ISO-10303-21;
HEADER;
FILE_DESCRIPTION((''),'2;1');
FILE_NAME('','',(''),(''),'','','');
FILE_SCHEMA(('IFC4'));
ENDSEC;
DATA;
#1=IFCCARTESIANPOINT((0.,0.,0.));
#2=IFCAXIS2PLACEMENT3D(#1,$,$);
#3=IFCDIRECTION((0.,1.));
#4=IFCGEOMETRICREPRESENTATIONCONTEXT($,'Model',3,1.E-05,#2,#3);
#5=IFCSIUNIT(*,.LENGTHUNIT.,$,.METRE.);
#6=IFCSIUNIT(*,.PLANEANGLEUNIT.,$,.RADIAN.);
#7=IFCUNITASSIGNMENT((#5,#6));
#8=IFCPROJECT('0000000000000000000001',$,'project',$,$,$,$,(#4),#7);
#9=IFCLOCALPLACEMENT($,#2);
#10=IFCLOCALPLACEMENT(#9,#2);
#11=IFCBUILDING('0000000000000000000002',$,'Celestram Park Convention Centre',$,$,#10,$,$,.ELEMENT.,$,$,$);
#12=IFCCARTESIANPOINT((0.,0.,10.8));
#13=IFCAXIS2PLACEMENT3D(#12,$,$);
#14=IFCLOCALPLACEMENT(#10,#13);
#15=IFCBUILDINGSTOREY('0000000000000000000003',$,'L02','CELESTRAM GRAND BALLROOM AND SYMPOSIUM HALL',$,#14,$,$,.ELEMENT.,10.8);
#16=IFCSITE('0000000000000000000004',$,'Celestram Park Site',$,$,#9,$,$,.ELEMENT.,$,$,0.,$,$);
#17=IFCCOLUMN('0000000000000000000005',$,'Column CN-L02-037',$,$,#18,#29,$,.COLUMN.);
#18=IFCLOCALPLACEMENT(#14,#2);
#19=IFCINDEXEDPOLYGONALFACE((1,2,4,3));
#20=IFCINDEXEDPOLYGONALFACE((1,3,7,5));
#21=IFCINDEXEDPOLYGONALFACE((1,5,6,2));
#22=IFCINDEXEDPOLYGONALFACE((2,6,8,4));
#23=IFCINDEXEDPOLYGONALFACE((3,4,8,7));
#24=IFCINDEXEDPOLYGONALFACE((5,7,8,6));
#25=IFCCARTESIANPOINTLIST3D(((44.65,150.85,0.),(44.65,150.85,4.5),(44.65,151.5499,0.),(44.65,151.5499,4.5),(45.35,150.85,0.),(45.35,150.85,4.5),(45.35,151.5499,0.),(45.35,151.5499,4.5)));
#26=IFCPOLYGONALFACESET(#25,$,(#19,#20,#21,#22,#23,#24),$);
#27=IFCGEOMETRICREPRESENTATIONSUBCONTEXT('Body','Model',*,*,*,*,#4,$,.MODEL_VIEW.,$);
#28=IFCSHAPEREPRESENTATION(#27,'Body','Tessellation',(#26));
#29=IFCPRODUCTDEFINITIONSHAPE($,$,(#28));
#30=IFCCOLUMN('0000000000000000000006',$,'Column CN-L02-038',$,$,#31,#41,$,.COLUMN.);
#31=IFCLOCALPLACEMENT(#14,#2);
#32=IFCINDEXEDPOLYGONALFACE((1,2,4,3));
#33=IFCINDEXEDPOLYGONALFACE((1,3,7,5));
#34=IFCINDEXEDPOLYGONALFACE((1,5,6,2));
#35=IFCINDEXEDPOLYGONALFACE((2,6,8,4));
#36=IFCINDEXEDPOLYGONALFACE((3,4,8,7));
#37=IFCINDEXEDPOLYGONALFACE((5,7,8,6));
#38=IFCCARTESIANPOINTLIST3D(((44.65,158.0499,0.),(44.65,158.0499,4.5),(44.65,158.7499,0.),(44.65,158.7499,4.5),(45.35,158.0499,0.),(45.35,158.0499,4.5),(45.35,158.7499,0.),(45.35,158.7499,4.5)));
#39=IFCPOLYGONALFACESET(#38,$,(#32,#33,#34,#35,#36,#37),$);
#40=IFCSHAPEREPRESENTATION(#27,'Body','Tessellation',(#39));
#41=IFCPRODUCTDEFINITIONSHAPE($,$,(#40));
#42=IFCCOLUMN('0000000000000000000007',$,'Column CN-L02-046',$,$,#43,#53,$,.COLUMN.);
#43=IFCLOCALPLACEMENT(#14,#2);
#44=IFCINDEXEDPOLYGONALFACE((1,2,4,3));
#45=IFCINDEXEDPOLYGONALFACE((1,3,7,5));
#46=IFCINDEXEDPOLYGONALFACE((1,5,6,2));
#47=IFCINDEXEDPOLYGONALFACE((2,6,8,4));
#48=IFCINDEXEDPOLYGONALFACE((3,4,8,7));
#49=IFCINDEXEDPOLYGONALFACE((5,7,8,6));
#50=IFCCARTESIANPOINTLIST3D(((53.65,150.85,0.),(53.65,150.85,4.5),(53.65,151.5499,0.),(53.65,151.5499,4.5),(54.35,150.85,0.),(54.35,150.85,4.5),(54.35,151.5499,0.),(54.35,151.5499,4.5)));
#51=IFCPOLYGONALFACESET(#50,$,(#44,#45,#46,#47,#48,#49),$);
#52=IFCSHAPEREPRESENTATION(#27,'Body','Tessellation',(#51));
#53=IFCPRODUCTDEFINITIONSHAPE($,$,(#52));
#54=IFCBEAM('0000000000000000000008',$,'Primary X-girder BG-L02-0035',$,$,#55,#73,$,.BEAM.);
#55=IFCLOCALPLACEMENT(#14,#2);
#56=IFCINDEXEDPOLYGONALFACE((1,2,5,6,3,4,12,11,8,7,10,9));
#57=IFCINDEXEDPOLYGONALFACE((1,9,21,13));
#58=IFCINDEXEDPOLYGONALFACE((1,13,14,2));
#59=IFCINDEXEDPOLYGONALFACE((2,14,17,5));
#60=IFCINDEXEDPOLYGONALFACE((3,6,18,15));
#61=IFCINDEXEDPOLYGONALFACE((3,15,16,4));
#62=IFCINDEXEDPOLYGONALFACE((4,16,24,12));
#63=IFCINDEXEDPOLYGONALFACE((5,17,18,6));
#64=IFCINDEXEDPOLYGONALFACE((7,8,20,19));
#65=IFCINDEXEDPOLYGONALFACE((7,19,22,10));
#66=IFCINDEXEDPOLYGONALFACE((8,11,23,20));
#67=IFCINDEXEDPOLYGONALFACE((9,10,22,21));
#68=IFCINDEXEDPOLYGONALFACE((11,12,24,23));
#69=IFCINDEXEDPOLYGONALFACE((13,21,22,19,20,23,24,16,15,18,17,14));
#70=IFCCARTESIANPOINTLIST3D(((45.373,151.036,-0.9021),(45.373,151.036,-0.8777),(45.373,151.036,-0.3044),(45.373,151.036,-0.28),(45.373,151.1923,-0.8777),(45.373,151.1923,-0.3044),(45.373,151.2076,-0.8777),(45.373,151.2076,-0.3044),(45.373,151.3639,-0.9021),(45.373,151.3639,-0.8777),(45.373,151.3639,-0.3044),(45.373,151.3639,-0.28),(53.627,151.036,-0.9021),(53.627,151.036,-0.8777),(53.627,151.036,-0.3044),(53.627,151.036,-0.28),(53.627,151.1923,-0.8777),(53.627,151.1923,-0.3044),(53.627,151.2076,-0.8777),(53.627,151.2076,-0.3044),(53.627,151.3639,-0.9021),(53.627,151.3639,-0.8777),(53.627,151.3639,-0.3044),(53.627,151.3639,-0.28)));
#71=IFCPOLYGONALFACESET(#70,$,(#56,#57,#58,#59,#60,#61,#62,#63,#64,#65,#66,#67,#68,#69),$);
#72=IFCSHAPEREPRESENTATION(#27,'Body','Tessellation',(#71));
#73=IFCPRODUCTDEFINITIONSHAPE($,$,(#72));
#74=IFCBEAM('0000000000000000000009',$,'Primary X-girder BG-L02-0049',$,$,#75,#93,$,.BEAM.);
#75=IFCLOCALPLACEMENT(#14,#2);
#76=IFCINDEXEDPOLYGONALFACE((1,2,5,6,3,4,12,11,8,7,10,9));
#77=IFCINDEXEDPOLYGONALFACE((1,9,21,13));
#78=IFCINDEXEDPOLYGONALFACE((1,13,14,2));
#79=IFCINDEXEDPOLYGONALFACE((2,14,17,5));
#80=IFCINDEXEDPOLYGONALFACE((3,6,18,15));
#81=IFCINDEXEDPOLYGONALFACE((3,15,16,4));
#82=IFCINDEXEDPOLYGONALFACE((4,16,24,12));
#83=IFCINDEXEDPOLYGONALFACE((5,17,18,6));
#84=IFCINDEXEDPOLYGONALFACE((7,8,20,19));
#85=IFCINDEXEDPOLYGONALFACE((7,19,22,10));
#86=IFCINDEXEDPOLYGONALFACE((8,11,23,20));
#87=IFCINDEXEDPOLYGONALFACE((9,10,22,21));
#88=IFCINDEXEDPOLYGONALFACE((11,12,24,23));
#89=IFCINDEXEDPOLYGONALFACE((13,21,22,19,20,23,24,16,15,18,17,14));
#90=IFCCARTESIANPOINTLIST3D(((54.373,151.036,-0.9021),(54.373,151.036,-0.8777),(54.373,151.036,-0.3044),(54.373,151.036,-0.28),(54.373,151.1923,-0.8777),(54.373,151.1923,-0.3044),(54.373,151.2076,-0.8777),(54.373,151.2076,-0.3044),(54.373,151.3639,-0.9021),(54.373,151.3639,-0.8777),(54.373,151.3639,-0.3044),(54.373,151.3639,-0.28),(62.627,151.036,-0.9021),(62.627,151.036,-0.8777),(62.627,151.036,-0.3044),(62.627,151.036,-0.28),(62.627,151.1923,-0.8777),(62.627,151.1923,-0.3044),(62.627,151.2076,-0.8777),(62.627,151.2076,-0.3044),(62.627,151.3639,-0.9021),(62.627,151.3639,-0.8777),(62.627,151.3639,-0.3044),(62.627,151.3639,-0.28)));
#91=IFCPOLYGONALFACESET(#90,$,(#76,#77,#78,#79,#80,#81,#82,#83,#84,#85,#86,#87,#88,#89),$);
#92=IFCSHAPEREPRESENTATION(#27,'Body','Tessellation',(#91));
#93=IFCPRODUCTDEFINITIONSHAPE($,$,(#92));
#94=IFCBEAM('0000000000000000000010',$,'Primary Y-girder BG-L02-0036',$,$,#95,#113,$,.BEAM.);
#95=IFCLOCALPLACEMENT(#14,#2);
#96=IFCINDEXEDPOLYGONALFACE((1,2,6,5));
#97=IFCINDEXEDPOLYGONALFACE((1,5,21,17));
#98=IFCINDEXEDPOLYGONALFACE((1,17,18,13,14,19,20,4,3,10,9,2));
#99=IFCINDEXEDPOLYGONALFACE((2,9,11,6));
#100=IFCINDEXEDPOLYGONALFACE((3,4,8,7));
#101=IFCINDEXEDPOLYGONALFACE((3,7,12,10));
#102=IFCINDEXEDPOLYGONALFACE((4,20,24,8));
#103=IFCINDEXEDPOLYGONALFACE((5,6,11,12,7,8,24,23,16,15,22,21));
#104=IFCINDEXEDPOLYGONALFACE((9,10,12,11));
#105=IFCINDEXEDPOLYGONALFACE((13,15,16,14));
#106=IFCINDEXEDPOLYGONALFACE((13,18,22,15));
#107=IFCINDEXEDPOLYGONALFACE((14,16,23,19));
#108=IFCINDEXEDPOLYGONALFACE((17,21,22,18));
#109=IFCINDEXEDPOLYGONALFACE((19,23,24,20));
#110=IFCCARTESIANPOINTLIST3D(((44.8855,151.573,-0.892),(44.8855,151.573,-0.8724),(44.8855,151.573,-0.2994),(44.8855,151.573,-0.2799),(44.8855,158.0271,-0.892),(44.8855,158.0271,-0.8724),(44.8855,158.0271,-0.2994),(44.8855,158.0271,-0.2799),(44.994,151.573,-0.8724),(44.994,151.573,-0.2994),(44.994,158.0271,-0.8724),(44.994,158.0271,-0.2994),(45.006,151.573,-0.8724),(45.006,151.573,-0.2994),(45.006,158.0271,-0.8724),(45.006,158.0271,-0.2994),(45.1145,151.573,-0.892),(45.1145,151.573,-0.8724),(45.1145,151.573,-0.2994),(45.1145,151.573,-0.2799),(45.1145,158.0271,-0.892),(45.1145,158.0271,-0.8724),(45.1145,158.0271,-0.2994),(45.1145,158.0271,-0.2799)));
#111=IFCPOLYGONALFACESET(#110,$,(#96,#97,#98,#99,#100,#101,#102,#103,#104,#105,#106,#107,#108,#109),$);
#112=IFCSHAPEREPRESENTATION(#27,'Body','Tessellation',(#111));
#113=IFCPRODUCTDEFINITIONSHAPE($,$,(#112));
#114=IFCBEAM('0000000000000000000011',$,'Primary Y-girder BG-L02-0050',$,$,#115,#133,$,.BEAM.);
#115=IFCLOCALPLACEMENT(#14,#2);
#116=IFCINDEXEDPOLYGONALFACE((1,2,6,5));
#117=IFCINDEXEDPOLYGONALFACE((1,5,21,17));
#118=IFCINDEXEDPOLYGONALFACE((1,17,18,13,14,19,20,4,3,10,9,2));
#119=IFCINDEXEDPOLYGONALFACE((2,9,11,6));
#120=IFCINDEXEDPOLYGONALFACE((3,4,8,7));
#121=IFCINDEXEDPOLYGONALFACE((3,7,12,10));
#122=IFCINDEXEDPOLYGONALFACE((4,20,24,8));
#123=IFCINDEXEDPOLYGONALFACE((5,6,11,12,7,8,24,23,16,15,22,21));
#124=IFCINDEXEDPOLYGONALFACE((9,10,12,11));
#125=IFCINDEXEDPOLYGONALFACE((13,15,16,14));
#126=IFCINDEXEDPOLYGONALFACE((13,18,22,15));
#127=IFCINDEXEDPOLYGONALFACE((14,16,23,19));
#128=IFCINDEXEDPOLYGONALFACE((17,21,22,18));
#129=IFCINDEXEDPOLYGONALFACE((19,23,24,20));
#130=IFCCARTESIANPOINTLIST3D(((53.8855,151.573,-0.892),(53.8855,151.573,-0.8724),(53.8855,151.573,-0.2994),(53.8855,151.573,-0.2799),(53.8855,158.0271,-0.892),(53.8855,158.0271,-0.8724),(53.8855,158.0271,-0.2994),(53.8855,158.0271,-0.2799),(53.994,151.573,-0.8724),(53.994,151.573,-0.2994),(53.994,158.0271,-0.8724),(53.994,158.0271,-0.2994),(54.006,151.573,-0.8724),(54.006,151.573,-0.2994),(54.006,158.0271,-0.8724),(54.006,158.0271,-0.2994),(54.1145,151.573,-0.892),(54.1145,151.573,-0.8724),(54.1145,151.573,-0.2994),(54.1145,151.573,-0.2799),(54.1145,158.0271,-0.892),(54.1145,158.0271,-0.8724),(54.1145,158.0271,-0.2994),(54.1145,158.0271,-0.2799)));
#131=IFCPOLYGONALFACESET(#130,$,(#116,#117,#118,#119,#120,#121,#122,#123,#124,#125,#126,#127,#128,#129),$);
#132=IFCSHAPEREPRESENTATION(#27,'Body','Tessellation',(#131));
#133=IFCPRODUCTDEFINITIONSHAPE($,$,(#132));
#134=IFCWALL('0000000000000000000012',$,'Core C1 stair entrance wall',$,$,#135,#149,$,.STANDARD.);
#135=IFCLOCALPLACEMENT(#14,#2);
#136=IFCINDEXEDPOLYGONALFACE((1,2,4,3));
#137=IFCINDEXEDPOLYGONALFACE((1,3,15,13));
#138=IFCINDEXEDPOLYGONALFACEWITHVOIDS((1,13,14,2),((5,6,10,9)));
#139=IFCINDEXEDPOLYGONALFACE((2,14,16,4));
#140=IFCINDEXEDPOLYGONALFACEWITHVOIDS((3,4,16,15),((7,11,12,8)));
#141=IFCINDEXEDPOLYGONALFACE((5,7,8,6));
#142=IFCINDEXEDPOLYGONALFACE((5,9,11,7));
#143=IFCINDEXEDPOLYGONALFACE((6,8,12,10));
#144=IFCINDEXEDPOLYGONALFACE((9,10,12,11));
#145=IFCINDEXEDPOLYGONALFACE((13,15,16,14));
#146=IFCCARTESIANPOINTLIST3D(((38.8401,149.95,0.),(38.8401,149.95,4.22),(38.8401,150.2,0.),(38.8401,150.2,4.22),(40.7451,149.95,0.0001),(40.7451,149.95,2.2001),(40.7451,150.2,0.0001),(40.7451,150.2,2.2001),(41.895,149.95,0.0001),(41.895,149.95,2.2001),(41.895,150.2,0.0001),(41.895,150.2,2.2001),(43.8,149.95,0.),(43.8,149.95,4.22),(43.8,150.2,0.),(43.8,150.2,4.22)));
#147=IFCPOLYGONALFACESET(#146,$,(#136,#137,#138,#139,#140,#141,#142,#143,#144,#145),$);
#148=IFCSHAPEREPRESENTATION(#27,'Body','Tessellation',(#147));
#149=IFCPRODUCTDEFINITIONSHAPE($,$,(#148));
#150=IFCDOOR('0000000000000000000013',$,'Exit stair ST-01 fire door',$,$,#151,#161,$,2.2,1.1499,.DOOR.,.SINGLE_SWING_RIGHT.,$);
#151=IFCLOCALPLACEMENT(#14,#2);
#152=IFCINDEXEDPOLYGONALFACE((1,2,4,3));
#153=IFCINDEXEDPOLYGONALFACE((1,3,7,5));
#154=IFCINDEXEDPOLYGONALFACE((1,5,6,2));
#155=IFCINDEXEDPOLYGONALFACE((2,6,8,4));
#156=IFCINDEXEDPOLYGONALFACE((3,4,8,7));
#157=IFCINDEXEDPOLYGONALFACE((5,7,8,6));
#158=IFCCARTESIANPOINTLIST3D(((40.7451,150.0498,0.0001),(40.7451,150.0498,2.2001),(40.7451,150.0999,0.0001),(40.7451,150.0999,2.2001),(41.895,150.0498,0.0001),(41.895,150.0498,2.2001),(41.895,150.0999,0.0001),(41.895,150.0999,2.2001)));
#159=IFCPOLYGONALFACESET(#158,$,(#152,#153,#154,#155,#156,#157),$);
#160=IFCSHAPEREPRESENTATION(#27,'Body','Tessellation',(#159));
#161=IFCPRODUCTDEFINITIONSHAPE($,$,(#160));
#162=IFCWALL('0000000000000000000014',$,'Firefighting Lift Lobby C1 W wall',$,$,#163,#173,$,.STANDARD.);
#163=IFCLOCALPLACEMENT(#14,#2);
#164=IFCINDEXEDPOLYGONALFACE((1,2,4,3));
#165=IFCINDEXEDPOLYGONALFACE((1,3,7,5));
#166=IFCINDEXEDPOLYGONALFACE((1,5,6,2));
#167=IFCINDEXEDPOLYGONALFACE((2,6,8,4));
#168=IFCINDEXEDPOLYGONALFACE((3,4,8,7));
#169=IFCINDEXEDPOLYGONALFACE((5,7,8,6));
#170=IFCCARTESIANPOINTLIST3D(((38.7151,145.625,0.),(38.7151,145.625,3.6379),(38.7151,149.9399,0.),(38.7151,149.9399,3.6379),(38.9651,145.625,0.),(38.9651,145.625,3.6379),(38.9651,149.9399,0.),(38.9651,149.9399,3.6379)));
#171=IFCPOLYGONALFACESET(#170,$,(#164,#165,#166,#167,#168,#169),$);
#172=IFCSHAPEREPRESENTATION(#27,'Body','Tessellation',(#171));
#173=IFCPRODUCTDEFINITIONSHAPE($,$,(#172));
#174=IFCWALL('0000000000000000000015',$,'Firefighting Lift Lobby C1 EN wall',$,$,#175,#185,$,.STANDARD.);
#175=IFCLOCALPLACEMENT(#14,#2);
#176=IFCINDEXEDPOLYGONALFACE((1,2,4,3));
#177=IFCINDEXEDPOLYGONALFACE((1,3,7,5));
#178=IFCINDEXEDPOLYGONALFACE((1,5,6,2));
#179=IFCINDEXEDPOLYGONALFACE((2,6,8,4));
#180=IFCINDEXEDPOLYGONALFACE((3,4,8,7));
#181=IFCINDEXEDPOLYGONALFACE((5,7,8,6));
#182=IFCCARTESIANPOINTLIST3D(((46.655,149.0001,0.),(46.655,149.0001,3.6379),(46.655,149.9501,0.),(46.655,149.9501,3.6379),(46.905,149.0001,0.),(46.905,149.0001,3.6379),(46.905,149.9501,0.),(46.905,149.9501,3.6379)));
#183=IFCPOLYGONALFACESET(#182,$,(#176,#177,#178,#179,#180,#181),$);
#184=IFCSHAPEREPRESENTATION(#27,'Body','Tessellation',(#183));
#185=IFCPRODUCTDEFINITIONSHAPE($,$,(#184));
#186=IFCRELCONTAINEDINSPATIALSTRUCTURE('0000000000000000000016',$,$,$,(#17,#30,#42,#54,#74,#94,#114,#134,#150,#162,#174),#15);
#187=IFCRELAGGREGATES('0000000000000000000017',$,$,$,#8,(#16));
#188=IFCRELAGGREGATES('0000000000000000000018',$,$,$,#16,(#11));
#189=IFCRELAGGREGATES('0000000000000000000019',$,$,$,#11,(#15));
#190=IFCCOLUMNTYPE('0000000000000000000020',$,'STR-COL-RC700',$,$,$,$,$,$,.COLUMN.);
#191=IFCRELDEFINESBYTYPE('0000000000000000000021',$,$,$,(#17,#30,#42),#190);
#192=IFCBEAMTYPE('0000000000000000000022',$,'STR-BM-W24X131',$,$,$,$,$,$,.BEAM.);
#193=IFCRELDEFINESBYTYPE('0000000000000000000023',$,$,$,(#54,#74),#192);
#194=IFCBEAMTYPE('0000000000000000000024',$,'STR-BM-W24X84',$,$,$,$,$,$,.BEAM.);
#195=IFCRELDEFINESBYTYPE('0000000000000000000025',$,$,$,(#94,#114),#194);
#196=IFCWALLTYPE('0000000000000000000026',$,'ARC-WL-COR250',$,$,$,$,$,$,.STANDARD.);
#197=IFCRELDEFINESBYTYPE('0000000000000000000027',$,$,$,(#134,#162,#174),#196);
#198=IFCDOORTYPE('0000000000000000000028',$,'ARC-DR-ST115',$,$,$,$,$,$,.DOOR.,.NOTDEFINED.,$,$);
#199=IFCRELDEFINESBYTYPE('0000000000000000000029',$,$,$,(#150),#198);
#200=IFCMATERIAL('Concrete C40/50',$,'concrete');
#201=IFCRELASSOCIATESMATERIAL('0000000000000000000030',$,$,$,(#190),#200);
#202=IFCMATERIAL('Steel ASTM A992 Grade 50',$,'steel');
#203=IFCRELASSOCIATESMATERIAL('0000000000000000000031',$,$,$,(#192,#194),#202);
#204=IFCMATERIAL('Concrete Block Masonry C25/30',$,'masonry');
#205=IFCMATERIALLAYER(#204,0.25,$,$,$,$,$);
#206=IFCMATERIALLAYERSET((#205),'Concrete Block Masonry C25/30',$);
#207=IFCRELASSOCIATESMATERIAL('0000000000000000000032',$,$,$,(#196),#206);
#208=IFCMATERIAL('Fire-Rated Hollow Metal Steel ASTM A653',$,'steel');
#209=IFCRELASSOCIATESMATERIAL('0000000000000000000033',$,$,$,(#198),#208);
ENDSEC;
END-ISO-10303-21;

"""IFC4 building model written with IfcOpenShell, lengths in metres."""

from ifc_helpers import new_model, si_unit, direction, frame, frame_2d, origin, origin_2d, place, context, subcontext, project, spatial, rectangle, i_section, extrude, material, layer, layer_set, material_profile, profile_set, type_object, element, fill, save


model = new_model("IFC4")

# Units and contexts
model_context = context("Model", 3, precision=1e-05, world=origin(), true_north=direction((0.0, 1.0)))
body_context = subcontext(model_context, "Body", "Model", "MODEL_VIEW")
ifc_project = project(units=[si_unit("LENGTHUNIT", "METRE"), si_unit("PLANEANGLEUNIT", "RADIAN")], contexts=[model_context])

# Site, building, storey
site_placement = place(None, origin())
site = spatial("IfcSite", under=ifc_project, at=site_placement, Name="Celestram Park Site", CompositionType="ELEMENT", RefElevation=0.0)
building_placement = place(site_placement, origin())
building = spatial("IfcBuilding", under=site, at=building_placement, Name="Celestram Park Convention Centre", CompositionType="ELEMENT")
storey_placement = place(building_placement, frame((0.0, 0.0, 10.8)))
storey = spatial("IfcBuildingStorey", under=building, at=storey_placement, Name="L02", Description="CELESTRAM GRAND BALLROOM AND SYMPOSIUM HALL", CompositionType="ELEMENT", Elevation=10.8)

# Columns
ifc_material_1 = material(Name="Concrete C40/50", Category="concrete")
ifc_material_profile_1 = material_profile(ifc_material_1, rectangle(XDim=0.7, YDim=0.7, at=origin_2d()), Name="RC700X700")
ifc_profile_set_1 = profile_set([ifc_material_profile_1], Name="Concrete C40/50")
column_type = type_object("IfcColumnType", Name="STR-COL-RC700", PredefinedType="COLUMN", material=ifc_profile_set_1)
for number, where, z_axis, x_axis, name in (
    (1, (45.0, 151.2, 0.0), (0.0, 0.0, 1.0), (1.0, 0.0, 0.0), "Column CN-L02-037"),
    (2, (45.0, 158.3999, 0.0), (0.0, 0.0, 1.0), (1.0, 0.0, 0.0), "Column CN-L02-038"),
    (3, (54.0, 151.2, 0.0), (0.0, 0.0, 1.0), (1.0, 0.0, 0.0), "Column CN-L02-046"),
):
    element("IfcColumn", number, at=place(storey_placement, frame(where, z_axis=z_axis, x_axis=x_axis)), inside=storey, type_object=column_type, Name=name, PredefinedType="COLUMN", context=body_context, shape_type="SweptSolid", body=[
        extrude(rectangle(XDim=0.7, YDim=0.7, at=origin_2d()), origin(), (0.0, 0.0, 1.0), 4.5),
    ])

# Beams
ifc_material_2 = material(Name="Steel ASTM A992 Grade 50", Category="steel")
ifc_material_profile_2 = material_profile(ifc_material_2, i_section(OverallWidth=0.3279, OverallDepth=0.6221, WebThickness=0.0154, FlangeThickness=0.0244, at=origin_2d()), Name="W24X131")
ifc_profile_set_2 = profile_set([ifc_material_profile_2], Name="Steel ASTM A992 Grade 50")
beam_type_1 = type_object("IfcBeamType", Name="STR-BM-W24X131", PredefinedType="BEAM", material=ifc_profile_set_2)
for number, where, z_axis, x_axis, name in (
    (4, (45.373, 151.2, -0.5911), (1.0, 0.0, 0.0), (0.0, 1.0, 0.0), "Primary X-girder BG-L02-0035"),
    (5, (54.373, 151.2, -0.5911), (1.0, 0.0, 0.0), (0.0, 1.0, 0.0), "Primary X-girder BG-L02-0049"),
):
    element("IfcBeam", number, at=place(storey_placement, frame(where, z_axis=z_axis, x_axis=x_axis)), inside=storey, type_object=beam_type_1, Name=name, PredefinedType="BEAM", context=body_context, shape_type="SweptSolid", body=[
        extrude(i_section(OverallWidth=0.3279, OverallDepth=0.6221, WebThickness=0.0154, FlangeThickness=0.0244, at=origin_2d()), origin(), (0.0, 0.0, 1.0), 8.2539),
    ])
ifc_material_profile_3 = material_profile(ifc_material_2, i_section(OverallWidth=0.229, OverallDepth=0.6121, WebThickness=0.012, FlangeThickness=0.0195, at=origin_2d()), Name="W24X84")
ifc_profile_set_3 = profile_set([ifc_material_profile_3], Name="Steel ASTM A992 Grade 50")
beam_type_2 = type_object("IfcBeamType", Name="STR-BM-W24X84", PredefinedType="BEAM", material=ifc_profile_set_3)
for number, where, z_axis, x_axis, name in (
    (6, (45.0, 151.573, -0.5859), (0.0, 1.0, 0.0), (-1.0, 0.0, 0.0), "Primary Y-girder BG-L02-0036"),
    (7, (54.0, 151.573, -0.5859), (0.0, 1.0, 0.0), (-1.0, 0.0, 0.0), "Primary Y-girder BG-L02-0050"),
):
    element("IfcBeam", number, at=place(storey_placement, frame(where, z_axis=z_axis, x_axis=x_axis)), inside=storey, type_object=beam_type_2, Name=name, PredefinedType="BEAM", context=body_context, shape_type="SweptSolid", body=[
        extrude(i_section(OverallWidth=0.229, OverallDepth=0.6121, WebThickness=0.012, FlangeThickness=0.0195, at=origin_2d()), origin(), (0.0, 0.0, 1.0), 6.4541),
    ])

# Wall, opening, door
ifc_material_3 = material(Name="Concrete Block Masonry C25/30", Category="masonry")
ifc_layer_1 = layer(ifc_material_3, 0.25)
ifc_layer_set_1 = layer_set([ifc_layer_1], Name="Concrete Block Masonry C25/30")
wall_type_1 = type_object("IfcWallType", Name="ARC-WL-COR250", PredefinedType="STANDARD", material=ifc_layer_set_1)
wall_1_placement = place(storey_placement, frame((38.8401, 150.075, 0.0), z_axis=(0.0, 0.0, 1.0), x_axis=(1.0, 0.0, 0.0)))
wall_1 = element("IfcWall", 8, at=wall_1_placement, inside=storey, type_object=wall_type_1, Name="Core C1 stair entrance wall", PredefinedType="STANDARD", context=body_context, shape_type="SweptSolid", body=[
    extrude(rectangle(XDim=4.96, YDim=0.25, at=frame_2d((2.48, 0.0))), origin(), (0.0, 0.0, 1.0), 4.22),
])
opening_1_placement = place(wall_1_placement, frame((1.905, 0.0, 0.0)))
opening_1 = element("IfcOpeningElement", 9, at=opening_1_placement, cuts=wall_1, PredefinedType="OPENING", context=body_context, shape_type="SweptSolid", body=[
    extrude(rectangle(XDim=1.1499, YDim=2.2, at=frame_2d((0.575, 1.1001))), frame((0.0, 0.135, 0.0), z_axis=(0.0, -1.0, 0.0), x_axis=(1.0, 0.0, 0.0)), (0.0, 0.0, 1.0), 0.27),
])
ifc_material_4 = material(Name="Fire-Rated Hollow Metal Steel ASTM A653", Category="steel")
door_type_1 = type_object("IfcDoorType", Name="ARC-DR-ST115", OperationType="NOTDEFINED", PredefinedType="DOOR", material=ifc_material_4)
door_1_placement = place(opening_1_placement, origin())
door_1 = element("IfcDoor", 10, at=door_1_placement, inside=storey, type_object=door_type_1, Name="Exit stair ST-01 fire door", OperationType="SINGLE_SWING_RIGHT", OverallHeight=2.2, OverallWidth=1.1499, PredefinedType="DOOR", context=body_context, shape_type="SweptSolid", body=[
    extrude(rectangle(XDim=1.1499, YDim=2.2, at=frame_2d((0.575, 1.1001))), frame((0.0, 0.0249, 0.0), z_axis=(0.0, -1.0, 0.0), x_axis=(1.0, 0.0, 0.0)), (0.0, 0.0, 1.0), 0.05),
])
fill(opening_1, door_1)

# Walls
wall_2_placement = place(storey_placement, frame((38.8401, 149.9399, 0.0), z_axis=(0.0, 0.0, 1.0), x_axis=(0.0, -1.0, 0.0)))
element("IfcWall", 11, at=wall_2_placement, inside=storey, type_object=wall_type_1, Name="Firefighting Lift Lobby C1 W wall", PredefinedType="STANDARD", context=body_context, shape_type="SweptSolid", body=[
    extrude(rectangle(XDim=4.3149, YDim=0.25, at=frame_2d((2.1575, 0.0))), origin(), (0.0, 0.0, 1.0), 3.6379),
])
wall_3_placement = place(storey_placement, frame((46.78, 149.0, 0.0), z_axis=(0.0, 0.0, 1.0), x_axis=(0.0, 1.0, 0.0)))
element("IfcWall", 12, at=wall_3_placement, inside=storey, type_object=wall_type_1, Name="Firefighting Lift Lobby C1 EN wall", PredefinedType="STANDARD", context=body_context, shape_type="SweptSolid", body=[
    extrude(rectangle(XDim=0.95, YDim=0.25, at=frame_2d((0.4751, 0.0))), origin(), (0.0, 0.0, 1.0), 3.6379),
])

save(model, "model.ifc")
